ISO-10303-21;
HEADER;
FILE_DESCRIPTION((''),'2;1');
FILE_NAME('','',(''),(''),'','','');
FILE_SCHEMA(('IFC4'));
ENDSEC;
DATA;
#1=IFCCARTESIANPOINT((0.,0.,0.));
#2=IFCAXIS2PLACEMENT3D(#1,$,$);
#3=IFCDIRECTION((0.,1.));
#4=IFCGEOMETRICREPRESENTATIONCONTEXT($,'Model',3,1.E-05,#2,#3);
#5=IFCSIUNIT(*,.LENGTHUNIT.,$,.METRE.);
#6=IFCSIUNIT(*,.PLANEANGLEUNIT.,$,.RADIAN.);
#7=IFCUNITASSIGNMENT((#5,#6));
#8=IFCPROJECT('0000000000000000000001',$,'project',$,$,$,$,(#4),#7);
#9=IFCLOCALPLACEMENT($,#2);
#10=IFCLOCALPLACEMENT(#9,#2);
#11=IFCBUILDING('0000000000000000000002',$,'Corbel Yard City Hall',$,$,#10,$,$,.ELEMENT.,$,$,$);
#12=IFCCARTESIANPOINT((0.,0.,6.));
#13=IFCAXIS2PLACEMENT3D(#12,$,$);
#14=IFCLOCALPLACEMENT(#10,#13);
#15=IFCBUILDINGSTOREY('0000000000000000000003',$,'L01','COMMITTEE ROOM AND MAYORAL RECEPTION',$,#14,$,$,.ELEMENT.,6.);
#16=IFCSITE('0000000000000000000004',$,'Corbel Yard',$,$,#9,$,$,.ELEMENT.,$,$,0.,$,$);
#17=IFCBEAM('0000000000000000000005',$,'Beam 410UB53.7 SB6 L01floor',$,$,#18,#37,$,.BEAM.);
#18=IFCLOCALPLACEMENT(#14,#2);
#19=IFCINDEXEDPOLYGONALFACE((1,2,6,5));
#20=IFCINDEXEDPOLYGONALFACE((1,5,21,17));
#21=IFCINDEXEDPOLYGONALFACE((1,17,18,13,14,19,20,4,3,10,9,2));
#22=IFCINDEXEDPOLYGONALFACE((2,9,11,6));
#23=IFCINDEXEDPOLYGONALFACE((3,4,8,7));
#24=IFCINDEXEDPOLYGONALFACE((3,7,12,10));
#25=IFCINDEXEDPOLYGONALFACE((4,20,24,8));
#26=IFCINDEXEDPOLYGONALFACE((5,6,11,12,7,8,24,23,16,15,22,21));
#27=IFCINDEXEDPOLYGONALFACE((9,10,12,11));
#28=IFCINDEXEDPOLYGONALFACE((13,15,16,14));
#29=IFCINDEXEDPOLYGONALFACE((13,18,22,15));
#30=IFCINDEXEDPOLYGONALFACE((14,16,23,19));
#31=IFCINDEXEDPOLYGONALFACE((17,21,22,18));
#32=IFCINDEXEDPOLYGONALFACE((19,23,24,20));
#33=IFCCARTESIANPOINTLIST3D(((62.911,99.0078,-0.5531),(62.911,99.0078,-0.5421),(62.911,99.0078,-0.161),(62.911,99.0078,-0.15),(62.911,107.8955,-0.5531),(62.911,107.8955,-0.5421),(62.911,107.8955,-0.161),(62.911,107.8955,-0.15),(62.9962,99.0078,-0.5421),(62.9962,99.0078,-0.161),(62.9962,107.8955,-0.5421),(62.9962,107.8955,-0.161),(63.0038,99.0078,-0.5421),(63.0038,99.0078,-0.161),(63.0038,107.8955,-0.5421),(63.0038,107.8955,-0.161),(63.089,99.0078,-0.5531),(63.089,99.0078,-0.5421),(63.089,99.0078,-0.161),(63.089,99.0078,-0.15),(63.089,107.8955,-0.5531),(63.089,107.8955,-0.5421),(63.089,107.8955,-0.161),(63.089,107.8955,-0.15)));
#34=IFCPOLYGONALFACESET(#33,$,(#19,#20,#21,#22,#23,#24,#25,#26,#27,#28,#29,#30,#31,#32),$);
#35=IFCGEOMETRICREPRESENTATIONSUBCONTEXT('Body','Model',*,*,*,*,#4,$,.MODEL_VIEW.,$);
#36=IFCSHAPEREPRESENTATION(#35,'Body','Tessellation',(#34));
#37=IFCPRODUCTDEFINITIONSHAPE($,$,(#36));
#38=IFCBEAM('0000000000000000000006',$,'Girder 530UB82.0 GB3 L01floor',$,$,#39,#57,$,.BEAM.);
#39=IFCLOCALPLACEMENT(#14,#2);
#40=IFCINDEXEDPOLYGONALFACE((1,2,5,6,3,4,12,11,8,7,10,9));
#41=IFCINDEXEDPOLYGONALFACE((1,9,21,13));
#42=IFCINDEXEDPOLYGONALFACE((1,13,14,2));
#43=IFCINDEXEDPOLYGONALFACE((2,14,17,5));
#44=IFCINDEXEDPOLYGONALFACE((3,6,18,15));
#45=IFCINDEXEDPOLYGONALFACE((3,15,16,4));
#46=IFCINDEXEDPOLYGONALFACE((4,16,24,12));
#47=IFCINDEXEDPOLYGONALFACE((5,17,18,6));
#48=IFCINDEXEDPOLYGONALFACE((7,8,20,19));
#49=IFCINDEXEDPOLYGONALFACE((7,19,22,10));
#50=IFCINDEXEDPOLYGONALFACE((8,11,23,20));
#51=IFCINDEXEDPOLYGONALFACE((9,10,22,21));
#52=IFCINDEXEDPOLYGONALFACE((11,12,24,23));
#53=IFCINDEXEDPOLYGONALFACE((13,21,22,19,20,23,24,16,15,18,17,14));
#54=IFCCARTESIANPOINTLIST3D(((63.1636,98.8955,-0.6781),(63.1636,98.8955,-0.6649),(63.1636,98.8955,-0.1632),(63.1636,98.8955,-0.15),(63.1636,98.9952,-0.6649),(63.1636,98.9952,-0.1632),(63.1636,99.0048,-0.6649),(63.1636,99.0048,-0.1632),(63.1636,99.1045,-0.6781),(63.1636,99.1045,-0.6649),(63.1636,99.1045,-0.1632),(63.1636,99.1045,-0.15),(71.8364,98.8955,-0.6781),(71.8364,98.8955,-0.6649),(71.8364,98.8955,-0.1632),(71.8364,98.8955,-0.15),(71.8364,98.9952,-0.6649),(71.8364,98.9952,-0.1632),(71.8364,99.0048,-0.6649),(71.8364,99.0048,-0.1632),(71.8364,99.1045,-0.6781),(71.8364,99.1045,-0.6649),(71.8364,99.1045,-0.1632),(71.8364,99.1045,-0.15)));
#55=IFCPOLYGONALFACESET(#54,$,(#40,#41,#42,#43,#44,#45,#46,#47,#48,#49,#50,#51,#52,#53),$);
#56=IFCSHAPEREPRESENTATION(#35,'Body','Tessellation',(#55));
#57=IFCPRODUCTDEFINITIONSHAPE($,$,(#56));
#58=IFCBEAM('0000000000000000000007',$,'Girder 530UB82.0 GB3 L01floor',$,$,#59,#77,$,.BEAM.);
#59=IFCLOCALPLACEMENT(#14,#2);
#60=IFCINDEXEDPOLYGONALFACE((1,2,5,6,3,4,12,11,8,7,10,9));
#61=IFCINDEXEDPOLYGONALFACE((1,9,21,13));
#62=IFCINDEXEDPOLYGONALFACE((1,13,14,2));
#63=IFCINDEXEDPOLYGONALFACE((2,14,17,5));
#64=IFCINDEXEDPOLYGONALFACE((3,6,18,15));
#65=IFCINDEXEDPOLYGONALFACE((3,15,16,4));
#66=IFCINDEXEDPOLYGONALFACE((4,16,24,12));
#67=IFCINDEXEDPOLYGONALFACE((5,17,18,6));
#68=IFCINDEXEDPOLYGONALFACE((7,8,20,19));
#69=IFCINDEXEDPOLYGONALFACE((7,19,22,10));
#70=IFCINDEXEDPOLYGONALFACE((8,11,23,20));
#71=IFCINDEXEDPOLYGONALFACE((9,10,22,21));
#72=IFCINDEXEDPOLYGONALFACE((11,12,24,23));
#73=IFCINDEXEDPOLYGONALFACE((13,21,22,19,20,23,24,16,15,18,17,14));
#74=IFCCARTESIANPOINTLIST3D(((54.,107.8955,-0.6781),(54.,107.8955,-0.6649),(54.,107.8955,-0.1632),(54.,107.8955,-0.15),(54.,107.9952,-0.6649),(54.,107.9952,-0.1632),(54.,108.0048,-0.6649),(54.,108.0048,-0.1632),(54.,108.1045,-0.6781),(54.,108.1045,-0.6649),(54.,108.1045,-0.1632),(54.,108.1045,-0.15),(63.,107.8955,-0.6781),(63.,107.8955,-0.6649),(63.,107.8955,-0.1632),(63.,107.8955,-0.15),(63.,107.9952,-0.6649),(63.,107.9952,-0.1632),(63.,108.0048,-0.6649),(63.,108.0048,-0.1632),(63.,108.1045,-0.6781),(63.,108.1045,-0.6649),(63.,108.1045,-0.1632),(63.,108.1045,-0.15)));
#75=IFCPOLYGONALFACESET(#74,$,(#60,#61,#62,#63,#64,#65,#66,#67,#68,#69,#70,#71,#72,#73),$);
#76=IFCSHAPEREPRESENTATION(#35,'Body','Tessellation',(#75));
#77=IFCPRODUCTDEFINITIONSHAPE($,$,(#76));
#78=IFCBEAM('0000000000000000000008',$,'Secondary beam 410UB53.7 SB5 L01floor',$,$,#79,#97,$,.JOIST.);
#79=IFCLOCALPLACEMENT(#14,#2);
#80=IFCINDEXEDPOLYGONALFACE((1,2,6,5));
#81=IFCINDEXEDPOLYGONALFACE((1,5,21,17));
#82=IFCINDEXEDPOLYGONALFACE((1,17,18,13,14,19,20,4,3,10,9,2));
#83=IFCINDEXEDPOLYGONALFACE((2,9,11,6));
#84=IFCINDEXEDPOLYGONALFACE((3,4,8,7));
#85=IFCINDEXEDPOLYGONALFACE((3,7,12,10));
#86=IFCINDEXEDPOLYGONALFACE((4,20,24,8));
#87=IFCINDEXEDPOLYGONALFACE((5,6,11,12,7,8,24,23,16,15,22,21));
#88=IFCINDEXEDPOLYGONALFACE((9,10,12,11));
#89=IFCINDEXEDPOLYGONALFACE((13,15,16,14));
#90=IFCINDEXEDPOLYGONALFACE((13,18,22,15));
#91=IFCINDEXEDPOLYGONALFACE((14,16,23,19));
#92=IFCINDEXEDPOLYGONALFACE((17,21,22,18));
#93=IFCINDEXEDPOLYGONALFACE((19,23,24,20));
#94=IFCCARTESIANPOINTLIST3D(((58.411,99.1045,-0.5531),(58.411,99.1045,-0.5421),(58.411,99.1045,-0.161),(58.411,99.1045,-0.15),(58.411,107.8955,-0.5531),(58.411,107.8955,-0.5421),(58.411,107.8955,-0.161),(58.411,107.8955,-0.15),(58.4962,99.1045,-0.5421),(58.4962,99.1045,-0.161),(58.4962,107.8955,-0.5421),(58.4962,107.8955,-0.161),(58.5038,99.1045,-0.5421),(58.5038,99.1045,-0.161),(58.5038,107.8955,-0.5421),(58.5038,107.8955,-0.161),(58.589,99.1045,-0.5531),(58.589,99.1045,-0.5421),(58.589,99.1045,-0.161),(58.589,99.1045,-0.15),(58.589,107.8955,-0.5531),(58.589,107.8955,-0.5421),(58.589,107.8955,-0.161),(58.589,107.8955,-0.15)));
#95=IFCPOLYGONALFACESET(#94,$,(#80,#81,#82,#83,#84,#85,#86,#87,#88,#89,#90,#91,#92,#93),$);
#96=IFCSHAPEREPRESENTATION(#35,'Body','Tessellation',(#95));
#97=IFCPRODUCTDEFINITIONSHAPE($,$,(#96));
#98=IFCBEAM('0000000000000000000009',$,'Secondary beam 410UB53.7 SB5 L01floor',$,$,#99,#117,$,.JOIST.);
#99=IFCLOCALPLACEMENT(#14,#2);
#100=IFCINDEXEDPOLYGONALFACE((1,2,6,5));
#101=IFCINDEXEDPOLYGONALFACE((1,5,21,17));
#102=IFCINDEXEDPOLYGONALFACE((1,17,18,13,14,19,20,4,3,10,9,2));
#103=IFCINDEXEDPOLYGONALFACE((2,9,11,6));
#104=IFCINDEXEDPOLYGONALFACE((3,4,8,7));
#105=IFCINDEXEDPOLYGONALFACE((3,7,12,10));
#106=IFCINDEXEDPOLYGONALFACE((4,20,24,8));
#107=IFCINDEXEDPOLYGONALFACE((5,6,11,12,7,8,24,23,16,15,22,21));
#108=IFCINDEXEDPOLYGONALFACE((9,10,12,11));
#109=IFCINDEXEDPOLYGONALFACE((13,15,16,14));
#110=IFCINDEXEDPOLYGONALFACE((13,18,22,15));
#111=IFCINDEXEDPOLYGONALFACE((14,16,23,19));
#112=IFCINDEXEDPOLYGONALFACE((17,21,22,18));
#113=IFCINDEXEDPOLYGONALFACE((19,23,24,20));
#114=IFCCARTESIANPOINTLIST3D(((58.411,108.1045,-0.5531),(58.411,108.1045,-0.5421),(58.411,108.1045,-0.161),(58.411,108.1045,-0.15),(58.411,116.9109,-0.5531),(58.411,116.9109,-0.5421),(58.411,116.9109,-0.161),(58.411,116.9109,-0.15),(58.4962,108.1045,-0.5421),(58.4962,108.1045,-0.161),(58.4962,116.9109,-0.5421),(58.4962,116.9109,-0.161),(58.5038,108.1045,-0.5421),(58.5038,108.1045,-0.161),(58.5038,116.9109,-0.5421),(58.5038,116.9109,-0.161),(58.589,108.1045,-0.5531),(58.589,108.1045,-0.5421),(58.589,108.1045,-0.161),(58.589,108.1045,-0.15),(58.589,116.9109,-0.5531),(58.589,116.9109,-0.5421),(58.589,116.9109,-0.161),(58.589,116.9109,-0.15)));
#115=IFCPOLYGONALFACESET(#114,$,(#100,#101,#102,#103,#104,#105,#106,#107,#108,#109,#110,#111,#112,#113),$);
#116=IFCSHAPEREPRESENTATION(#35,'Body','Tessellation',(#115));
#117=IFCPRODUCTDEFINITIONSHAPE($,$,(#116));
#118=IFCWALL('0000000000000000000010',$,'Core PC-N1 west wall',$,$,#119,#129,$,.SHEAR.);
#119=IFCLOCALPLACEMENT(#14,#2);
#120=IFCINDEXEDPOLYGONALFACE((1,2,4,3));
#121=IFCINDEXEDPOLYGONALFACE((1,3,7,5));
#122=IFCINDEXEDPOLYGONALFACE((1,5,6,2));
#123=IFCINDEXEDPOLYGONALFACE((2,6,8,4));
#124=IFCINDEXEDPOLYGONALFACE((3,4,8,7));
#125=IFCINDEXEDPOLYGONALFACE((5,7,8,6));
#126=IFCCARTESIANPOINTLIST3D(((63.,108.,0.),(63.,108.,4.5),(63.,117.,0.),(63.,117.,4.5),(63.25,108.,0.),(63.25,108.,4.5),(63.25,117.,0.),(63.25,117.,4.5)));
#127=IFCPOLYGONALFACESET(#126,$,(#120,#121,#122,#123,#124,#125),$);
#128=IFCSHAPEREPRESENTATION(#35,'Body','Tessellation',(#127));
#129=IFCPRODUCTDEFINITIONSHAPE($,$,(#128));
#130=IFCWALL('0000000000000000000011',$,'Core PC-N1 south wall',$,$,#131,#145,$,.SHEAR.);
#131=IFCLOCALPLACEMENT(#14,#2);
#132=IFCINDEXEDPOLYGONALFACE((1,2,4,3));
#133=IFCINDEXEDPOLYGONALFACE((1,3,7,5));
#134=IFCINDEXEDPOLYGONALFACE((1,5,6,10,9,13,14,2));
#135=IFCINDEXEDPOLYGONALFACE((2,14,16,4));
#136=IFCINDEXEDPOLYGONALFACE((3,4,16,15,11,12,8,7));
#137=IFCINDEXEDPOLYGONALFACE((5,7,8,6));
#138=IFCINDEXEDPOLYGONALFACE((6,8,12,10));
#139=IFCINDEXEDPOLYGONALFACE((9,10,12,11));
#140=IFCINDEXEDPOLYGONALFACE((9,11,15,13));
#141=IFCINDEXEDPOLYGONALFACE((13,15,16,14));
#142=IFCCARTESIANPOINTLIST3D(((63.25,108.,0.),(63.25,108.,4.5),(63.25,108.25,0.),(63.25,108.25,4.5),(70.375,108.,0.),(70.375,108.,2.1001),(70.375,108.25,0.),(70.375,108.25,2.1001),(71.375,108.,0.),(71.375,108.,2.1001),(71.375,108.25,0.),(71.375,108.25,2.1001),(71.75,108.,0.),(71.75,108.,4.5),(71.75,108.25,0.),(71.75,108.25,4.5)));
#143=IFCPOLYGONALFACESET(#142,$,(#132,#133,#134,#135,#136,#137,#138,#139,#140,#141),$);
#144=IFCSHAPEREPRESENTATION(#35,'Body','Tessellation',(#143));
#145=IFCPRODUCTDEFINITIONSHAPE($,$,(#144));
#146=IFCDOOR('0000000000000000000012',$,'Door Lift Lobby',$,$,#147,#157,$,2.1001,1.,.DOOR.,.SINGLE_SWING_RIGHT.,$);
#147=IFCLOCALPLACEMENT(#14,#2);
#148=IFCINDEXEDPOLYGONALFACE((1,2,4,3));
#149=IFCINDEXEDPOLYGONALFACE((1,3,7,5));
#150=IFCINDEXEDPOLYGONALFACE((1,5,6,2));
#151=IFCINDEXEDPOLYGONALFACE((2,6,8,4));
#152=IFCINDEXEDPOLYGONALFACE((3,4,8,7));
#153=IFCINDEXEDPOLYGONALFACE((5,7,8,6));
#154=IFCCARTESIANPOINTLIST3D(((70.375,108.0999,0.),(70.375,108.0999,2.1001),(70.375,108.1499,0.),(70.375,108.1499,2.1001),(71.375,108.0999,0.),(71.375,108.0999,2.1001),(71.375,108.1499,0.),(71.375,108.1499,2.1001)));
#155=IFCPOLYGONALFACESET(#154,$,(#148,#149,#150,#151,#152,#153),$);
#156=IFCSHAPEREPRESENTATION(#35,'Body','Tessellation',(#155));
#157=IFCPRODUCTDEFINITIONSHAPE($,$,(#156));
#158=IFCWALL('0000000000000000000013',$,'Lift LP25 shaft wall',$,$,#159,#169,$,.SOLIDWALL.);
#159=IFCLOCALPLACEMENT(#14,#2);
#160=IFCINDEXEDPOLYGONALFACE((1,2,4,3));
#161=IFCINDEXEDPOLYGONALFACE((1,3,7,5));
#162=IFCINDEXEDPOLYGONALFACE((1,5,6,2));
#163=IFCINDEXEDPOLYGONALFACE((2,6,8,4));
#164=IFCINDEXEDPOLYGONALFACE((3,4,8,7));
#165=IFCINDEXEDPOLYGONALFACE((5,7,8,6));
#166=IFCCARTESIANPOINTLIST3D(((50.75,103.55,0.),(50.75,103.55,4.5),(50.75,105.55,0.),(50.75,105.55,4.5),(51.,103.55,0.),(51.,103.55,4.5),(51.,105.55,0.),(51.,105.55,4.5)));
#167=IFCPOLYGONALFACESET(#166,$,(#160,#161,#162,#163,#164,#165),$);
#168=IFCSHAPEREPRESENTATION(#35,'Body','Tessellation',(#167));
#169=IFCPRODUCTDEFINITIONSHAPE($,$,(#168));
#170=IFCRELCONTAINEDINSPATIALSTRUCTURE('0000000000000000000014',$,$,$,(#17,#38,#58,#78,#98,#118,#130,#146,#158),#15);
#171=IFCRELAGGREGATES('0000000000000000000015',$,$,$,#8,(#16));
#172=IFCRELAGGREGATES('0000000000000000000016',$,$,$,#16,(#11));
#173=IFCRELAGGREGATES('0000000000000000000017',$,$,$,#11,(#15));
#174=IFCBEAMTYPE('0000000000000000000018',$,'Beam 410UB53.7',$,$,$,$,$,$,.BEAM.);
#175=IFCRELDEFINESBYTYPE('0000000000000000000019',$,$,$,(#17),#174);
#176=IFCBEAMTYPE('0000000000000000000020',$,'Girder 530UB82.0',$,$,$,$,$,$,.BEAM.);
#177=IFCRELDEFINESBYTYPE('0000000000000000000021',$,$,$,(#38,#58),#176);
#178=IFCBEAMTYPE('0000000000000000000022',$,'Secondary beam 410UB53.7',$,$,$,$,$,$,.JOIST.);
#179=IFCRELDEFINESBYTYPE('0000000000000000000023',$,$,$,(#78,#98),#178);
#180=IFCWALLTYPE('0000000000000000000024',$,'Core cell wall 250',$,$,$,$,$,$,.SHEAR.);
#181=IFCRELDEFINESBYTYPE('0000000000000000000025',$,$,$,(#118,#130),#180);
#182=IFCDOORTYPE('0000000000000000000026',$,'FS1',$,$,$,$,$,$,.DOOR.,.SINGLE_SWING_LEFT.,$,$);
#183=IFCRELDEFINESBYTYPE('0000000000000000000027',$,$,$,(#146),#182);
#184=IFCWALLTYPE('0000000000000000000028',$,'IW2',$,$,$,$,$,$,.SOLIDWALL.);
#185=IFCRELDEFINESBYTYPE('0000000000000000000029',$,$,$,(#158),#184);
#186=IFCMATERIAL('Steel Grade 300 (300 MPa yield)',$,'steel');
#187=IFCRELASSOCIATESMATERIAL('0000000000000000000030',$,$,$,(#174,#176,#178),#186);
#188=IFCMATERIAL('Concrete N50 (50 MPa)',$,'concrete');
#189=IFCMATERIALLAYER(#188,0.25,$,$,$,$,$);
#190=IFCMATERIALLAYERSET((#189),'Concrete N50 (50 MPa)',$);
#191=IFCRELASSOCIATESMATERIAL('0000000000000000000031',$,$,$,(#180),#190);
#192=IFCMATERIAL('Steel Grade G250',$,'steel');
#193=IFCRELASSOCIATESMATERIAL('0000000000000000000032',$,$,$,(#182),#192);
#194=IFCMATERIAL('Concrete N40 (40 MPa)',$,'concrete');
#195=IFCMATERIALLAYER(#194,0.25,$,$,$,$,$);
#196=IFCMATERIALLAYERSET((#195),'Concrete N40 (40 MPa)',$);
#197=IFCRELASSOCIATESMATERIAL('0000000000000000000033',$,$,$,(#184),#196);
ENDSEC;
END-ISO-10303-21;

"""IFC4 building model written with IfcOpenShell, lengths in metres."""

from ifc_helpers import new_model, si_unit, direction, frame, frame_2d, origin, origin_2d, place, context, subcontext, project, spatial, rectangle, i_section, extrude, material, layer, layer_set, material_profile, profile_set, type_object, element, fill, save


model = new_model("IFC4")

# Units and contexts
model_context = context("Model", 3, precision=1e-05, world=origin(), true_north=direction((0.0, 1.0)))
body_context = subcontext(model_context, "Body", "Model", "MODEL_VIEW")
ifc_project = project(units=[si_unit("LENGTHUNIT", "METRE"), si_unit("PLANEANGLEUNIT", "RADIAN")], contexts=[model_context])

# Site, building, storey
site_placement = place(None, origin())
site = spatial("IfcSite", under=ifc_project, at=site_placement, Name="Corbel Yard", CompositionType="ELEMENT", RefElevation=0.0)
building_placement = place(site_placement, origin())
building = spatial("IfcBuilding", under=site, at=building_placement, Name="Corbel Yard City Hall", CompositionType="ELEMENT")
storey_placement = place(building_placement, frame((0.0, 0.0, 6.0)))
storey = spatial("IfcBuildingStorey", under=building, at=storey_placement, Name="L01", Description="COMMITTEE ROOM AND MAYORAL RECEPTION", CompositionType="ELEMENT", Elevation=6.0)

# Beams
ifc_material_1 = material(Name="Steel Grade 300 (300 MPa yield)", Category="steel")
ifc_material_profile_1 = material_profile(ifc_material_1, i_section(OverallWidth=0.178, OverallDepth=0.4031, WebThickness=0.0076, FlangeThickness=0.011, at=origin_2d()), Name="410UB53.7")
ifc_profile_set_1 = profile_set([ifc_material_profile_1], Name="Steel Grade 300 (300 MPa yield)")
beam_type_1 = type_object("IfcBeamType", Name="Beam 410UB53.7", PredefinedType="BEAM", material=ifc_profile_set_1)
beam_1_placement = place(storey_placement, frame((63.0, 99.0078, -0.3516), z_axis=(0.0, 1.0, 0.0), x_axis=(-1.0, 0.0, 0.0)))
element("IfcBeam", 1, at=beam_1_placement, inside=storey, type_object=beam_type_1, Name="Beam 410UB53.7 SB6 L01floor", PredefinedType="BEAM", context=body_context, shape_type="SweptSolid", body=[
    extrude(i_section(OverallWidth=0.178, OverallDepth=0.4031, WebThickness=0.0076, FlangeThickness=0.011, at=origin_2d()), origin(), (0.0, 0.0, 1.0), 8.8877),
])
ifc_material_profile_2 = material_profile(ifc_material_1, i_section(OverallWidth=0.209, OverallDepth=0.5281, WebThickness=0.0095, FlangeThickness=0.0132, at=origin_2d()), Name="530UB82.0")
ifc_profile_set_2 = profile_set([ifc_material_profile_2], Name="Steel Grade 300 (300 MPa yield)")
beam_type_2 = type_object("IfcBeamType", Name="Girder 530UB82.0", PredefinedType="BEAM", material=ifc_profile_set_2)
beam_2_placement = place(storey_placement, frame((63.1636, 99.0, -0.4141), z_axis=(1.0, 0.0, 0.0), x_axis=(0.0, 1.0, 0.0)))
element("IfcBeam", 2, at=beam_2_placement, inside=storey, type_object=beam_type_2, Name="Girder 530UB82.0 GB3 L01floor", PredefinedType="BEAM", context=body_context, shape_type="SweptSolid", body=[
    extrude(i_section(OverallWidth=0.209, OverallDepth=0.5281, WebThickness=0.0095, FlangeThickness=0.0132, at=origin_2d()), origin(), (0.0, 0.0, 1.0), 8.6729),
])
beam_3_placement = place(storey_placement, frame((54.0, 108.0, -0.4141), z_axis=(1.0, 0.0, 0.0), x_axis=(0.0, 1.0, 0.0)))
element("IfcBeam", 3, at=beam_3_placement, inside=storey, type_object=beam_type_2, Name="Girder 530UB82.0 GB3 L01floor", PredefinedType="BEAM", context=body_context, shape_type="SweptSolid", body=[
    extrude(i_section(OverallWidth=0.209, OverallDepth=0.5281, WebThickness=0.0095, FlangeThickness=0.0132, at=origin_2d()), origin(), (0.0, 0.0, 1.0), 9.0),
])
ifc_material_profile_3 = material_profile(ifc_material_1, i_section(OverallWidth=0.178, OverallDepth=0.4031, WebThickness=0.0076, FlangeThickness=0.011, at=origin_2d()), Name="410UB53.7")
ifc_profile_set_3 = profile_set([ifc_material_profile_3], Name="Steel Grade 300 (300 MPa yield)")
beam_type_3 = type_object("IfcBeamType", Name="Secondary beam 410UB53.7", PredefinedType="JOIST", material=ifc_profile_set_3)
beam_4_placement = place(storey_placement, frame((58.5, 99.1045, -0.3516), z_axis=(0.0, 1.0, 0.0), x_axis=(-1.0, 0.0, 0.0)))
element("IfcBeam", 4, at=beam_4_placement, inside=storey, type_object=beam_type_3, Name="Secondary beam 410UB53.7 SB5 L01floor", PredefinedType="JOIST", context=body_context, shape_type="SweptSolid", body=[
    extrude(i_section(OverallWidth=0.178, OverallDepth=0.4031, WebThickness=0.0076, FlangeThickness=0.011, at=origin_2d()), origin(), (0.0, 0.0, 1.0), 8.791),
])
beam_5_placement = place(storey_placement, frame((58.5, 108.1045, -0.3516), z_axis=(0.0, 1.0, 0.0), x_axis=(-1.0, 0.0, 0.0)))
element("IfcBeam", 5, at=beam_5_placement, inside=storey, type_object=beam_type_3, Name="Secondary beam 410UB53.7 SB5 L01floor", PredefinedType="JOIST", context=body_context, shape_type="SweptSolid", body=[
    extrude(i_section(OverallWidth=0.178, OverallDepth=0.4031, WebThickness=0.0076, FlangeThickness=0.011, at=origin_2d()), origin(), (0.0, 0.0, 1.0), 8.8064),
])

# Wall
ifc_material_2 = material(Name="Concrete N50 (50 MPa)", Category="concrete")
ifc_layer_1 = layer(ifc_material_2, 0.25)
ifc_layer_set_1 = layer_set([ifc_layer_1], Name="Concrete N50 (50 MPa)")
wall_type_1 = type_object("IfcWallType", Name="Core cell wall 250", PredefinedType="SHEAR", material=ifc_layer_set_1)
wall_1_placement = place(storey_placement, frame((63.125, 108.0, 0.0), z_axis=(0.0, 0.0, 1.0), x_axis=(0.0, 1.0, 0.0)))
element("IfcWall", 6, at=wall_1_placement, inside=storey, type_object=wall_type_1, Name="Core PC-N1 west wall", PredefinedType="SHEAR", context=body_context, shape_type="SweptSolid", body=[
    extrude(rectangle(XDim=9.0, YDim=0.25, at=frame_2d((4.5, 0.0))), origin(), (0.0, 0.0, 1.0), 4.5),
])

# Wall, opening, door
wall_2_placement = place(storey_placement, frame((63.25, 108.125, 0.0), z_axis=(0.0, 0.0, 1.0), x_axis=(1.0, 0.0, 0.0)))
wall_2 = element("IfcWall", 7, at=wall_2_placement, inside=storey, type_object=wall_type_1, Name="Core PC-N1 south wall", PredefinedType="SHEAR", context=body_context, shape_type="SweptSolid", body=[
    extrude(rectangle(XDim=8.5, YDim=0.25, at=frame_2d((4.25, 0.0))), origin(), (0.0, 0.0, 1.0), 4.5),
])
opening_1_placement = place(wall_2_placement, frame((7.125, 0.0, 0.0)))
opening_1 = element("IfcOpeningElement", 8, at=opening_1_placement, cuts=wall_2, PredefinedType="OPENING", context=body_context, shape_type="SweptSolid", body=[
    extrude(rectangle(XDim=1.0, YDim=2.1001, at=frame_2d((0.5, 1.05))), frame((0.0, 0.135, 0.0), z_axis=(0.0, -1.0, 0.0), x_axis=(1.0, 0.0, 0.0)), (0.0, 0.0, 1.0), 0.27),
])
ifc_material_3 = material(Name="Steel Grade G250", Category="steel")
door_type_1 = type_object("IfcDoorType", Name="FS1", OperationType="SINGLE_SWING_LEFT", PredefinedType="DOOR", material=ifc_material_3)
door_1_placement = place(opening_1_placement, origin())
door_1 = element("IfcDoor", 9, at=door_1_placement, inside=storey, type_object=door_type_1, Name="Door Lift Lobby", OperationType="SINGLE_SWING_RIGHT", OverallHeight=2.1001, OverallWidth=1.0, PredefinedType="DOOR", context=body_context, shape_type="SweptSolid", body=[
    extrude(rectangle(XDim=1.0, YDim=2.1001, at=frame_2d((0.5, 1.05))), frame((0.0, 0.0249, 0.0), z_axis=(0.0, -1.0, 0.0), x_axis=(1.0, 0.0, 0.0)), (0.0, 0.0, 1.0), 0.05),
])
fill(opening_1, door_1)

# Wall
ifc_material_4 = material(Name="Concrete N40 (40 MPa)", Category="concrete")
ifc_layer_2 = layer(ifc_material_4, 0.25)
ifc_layer_set_2 = layer_set([ifc_layer_2], Name="Concrete N40 (40 MPa)")
wall_type_2 = type_object("IfcWallType", Name="IW2", PredefinedType="SOLIDWALL", material=ifc_layer_set_2)
wall_3_placement = place(storey_placement, frame((50.875, 103.55, 0.0), z_axis=(0.0, 0.0, 1.0), x_axis=(0.0, 1.0, 0.0)))
element("IfcWall", 10, at=wall_3_placement, inside=storey, type_object=wall_type_2, Name="Lift LP25 shaft wall", PredefinedType="SOLIDWALL", context=body_context, shape_type="SweptSolid", body=[
    extrude(rectangle(XDim=2.0, YDim=0.25, at=frame_2d((1.0, 0.0))), origin(), (0.0, 0.0, 1.0), 4.5),
])

save(model, "model.ifc")
